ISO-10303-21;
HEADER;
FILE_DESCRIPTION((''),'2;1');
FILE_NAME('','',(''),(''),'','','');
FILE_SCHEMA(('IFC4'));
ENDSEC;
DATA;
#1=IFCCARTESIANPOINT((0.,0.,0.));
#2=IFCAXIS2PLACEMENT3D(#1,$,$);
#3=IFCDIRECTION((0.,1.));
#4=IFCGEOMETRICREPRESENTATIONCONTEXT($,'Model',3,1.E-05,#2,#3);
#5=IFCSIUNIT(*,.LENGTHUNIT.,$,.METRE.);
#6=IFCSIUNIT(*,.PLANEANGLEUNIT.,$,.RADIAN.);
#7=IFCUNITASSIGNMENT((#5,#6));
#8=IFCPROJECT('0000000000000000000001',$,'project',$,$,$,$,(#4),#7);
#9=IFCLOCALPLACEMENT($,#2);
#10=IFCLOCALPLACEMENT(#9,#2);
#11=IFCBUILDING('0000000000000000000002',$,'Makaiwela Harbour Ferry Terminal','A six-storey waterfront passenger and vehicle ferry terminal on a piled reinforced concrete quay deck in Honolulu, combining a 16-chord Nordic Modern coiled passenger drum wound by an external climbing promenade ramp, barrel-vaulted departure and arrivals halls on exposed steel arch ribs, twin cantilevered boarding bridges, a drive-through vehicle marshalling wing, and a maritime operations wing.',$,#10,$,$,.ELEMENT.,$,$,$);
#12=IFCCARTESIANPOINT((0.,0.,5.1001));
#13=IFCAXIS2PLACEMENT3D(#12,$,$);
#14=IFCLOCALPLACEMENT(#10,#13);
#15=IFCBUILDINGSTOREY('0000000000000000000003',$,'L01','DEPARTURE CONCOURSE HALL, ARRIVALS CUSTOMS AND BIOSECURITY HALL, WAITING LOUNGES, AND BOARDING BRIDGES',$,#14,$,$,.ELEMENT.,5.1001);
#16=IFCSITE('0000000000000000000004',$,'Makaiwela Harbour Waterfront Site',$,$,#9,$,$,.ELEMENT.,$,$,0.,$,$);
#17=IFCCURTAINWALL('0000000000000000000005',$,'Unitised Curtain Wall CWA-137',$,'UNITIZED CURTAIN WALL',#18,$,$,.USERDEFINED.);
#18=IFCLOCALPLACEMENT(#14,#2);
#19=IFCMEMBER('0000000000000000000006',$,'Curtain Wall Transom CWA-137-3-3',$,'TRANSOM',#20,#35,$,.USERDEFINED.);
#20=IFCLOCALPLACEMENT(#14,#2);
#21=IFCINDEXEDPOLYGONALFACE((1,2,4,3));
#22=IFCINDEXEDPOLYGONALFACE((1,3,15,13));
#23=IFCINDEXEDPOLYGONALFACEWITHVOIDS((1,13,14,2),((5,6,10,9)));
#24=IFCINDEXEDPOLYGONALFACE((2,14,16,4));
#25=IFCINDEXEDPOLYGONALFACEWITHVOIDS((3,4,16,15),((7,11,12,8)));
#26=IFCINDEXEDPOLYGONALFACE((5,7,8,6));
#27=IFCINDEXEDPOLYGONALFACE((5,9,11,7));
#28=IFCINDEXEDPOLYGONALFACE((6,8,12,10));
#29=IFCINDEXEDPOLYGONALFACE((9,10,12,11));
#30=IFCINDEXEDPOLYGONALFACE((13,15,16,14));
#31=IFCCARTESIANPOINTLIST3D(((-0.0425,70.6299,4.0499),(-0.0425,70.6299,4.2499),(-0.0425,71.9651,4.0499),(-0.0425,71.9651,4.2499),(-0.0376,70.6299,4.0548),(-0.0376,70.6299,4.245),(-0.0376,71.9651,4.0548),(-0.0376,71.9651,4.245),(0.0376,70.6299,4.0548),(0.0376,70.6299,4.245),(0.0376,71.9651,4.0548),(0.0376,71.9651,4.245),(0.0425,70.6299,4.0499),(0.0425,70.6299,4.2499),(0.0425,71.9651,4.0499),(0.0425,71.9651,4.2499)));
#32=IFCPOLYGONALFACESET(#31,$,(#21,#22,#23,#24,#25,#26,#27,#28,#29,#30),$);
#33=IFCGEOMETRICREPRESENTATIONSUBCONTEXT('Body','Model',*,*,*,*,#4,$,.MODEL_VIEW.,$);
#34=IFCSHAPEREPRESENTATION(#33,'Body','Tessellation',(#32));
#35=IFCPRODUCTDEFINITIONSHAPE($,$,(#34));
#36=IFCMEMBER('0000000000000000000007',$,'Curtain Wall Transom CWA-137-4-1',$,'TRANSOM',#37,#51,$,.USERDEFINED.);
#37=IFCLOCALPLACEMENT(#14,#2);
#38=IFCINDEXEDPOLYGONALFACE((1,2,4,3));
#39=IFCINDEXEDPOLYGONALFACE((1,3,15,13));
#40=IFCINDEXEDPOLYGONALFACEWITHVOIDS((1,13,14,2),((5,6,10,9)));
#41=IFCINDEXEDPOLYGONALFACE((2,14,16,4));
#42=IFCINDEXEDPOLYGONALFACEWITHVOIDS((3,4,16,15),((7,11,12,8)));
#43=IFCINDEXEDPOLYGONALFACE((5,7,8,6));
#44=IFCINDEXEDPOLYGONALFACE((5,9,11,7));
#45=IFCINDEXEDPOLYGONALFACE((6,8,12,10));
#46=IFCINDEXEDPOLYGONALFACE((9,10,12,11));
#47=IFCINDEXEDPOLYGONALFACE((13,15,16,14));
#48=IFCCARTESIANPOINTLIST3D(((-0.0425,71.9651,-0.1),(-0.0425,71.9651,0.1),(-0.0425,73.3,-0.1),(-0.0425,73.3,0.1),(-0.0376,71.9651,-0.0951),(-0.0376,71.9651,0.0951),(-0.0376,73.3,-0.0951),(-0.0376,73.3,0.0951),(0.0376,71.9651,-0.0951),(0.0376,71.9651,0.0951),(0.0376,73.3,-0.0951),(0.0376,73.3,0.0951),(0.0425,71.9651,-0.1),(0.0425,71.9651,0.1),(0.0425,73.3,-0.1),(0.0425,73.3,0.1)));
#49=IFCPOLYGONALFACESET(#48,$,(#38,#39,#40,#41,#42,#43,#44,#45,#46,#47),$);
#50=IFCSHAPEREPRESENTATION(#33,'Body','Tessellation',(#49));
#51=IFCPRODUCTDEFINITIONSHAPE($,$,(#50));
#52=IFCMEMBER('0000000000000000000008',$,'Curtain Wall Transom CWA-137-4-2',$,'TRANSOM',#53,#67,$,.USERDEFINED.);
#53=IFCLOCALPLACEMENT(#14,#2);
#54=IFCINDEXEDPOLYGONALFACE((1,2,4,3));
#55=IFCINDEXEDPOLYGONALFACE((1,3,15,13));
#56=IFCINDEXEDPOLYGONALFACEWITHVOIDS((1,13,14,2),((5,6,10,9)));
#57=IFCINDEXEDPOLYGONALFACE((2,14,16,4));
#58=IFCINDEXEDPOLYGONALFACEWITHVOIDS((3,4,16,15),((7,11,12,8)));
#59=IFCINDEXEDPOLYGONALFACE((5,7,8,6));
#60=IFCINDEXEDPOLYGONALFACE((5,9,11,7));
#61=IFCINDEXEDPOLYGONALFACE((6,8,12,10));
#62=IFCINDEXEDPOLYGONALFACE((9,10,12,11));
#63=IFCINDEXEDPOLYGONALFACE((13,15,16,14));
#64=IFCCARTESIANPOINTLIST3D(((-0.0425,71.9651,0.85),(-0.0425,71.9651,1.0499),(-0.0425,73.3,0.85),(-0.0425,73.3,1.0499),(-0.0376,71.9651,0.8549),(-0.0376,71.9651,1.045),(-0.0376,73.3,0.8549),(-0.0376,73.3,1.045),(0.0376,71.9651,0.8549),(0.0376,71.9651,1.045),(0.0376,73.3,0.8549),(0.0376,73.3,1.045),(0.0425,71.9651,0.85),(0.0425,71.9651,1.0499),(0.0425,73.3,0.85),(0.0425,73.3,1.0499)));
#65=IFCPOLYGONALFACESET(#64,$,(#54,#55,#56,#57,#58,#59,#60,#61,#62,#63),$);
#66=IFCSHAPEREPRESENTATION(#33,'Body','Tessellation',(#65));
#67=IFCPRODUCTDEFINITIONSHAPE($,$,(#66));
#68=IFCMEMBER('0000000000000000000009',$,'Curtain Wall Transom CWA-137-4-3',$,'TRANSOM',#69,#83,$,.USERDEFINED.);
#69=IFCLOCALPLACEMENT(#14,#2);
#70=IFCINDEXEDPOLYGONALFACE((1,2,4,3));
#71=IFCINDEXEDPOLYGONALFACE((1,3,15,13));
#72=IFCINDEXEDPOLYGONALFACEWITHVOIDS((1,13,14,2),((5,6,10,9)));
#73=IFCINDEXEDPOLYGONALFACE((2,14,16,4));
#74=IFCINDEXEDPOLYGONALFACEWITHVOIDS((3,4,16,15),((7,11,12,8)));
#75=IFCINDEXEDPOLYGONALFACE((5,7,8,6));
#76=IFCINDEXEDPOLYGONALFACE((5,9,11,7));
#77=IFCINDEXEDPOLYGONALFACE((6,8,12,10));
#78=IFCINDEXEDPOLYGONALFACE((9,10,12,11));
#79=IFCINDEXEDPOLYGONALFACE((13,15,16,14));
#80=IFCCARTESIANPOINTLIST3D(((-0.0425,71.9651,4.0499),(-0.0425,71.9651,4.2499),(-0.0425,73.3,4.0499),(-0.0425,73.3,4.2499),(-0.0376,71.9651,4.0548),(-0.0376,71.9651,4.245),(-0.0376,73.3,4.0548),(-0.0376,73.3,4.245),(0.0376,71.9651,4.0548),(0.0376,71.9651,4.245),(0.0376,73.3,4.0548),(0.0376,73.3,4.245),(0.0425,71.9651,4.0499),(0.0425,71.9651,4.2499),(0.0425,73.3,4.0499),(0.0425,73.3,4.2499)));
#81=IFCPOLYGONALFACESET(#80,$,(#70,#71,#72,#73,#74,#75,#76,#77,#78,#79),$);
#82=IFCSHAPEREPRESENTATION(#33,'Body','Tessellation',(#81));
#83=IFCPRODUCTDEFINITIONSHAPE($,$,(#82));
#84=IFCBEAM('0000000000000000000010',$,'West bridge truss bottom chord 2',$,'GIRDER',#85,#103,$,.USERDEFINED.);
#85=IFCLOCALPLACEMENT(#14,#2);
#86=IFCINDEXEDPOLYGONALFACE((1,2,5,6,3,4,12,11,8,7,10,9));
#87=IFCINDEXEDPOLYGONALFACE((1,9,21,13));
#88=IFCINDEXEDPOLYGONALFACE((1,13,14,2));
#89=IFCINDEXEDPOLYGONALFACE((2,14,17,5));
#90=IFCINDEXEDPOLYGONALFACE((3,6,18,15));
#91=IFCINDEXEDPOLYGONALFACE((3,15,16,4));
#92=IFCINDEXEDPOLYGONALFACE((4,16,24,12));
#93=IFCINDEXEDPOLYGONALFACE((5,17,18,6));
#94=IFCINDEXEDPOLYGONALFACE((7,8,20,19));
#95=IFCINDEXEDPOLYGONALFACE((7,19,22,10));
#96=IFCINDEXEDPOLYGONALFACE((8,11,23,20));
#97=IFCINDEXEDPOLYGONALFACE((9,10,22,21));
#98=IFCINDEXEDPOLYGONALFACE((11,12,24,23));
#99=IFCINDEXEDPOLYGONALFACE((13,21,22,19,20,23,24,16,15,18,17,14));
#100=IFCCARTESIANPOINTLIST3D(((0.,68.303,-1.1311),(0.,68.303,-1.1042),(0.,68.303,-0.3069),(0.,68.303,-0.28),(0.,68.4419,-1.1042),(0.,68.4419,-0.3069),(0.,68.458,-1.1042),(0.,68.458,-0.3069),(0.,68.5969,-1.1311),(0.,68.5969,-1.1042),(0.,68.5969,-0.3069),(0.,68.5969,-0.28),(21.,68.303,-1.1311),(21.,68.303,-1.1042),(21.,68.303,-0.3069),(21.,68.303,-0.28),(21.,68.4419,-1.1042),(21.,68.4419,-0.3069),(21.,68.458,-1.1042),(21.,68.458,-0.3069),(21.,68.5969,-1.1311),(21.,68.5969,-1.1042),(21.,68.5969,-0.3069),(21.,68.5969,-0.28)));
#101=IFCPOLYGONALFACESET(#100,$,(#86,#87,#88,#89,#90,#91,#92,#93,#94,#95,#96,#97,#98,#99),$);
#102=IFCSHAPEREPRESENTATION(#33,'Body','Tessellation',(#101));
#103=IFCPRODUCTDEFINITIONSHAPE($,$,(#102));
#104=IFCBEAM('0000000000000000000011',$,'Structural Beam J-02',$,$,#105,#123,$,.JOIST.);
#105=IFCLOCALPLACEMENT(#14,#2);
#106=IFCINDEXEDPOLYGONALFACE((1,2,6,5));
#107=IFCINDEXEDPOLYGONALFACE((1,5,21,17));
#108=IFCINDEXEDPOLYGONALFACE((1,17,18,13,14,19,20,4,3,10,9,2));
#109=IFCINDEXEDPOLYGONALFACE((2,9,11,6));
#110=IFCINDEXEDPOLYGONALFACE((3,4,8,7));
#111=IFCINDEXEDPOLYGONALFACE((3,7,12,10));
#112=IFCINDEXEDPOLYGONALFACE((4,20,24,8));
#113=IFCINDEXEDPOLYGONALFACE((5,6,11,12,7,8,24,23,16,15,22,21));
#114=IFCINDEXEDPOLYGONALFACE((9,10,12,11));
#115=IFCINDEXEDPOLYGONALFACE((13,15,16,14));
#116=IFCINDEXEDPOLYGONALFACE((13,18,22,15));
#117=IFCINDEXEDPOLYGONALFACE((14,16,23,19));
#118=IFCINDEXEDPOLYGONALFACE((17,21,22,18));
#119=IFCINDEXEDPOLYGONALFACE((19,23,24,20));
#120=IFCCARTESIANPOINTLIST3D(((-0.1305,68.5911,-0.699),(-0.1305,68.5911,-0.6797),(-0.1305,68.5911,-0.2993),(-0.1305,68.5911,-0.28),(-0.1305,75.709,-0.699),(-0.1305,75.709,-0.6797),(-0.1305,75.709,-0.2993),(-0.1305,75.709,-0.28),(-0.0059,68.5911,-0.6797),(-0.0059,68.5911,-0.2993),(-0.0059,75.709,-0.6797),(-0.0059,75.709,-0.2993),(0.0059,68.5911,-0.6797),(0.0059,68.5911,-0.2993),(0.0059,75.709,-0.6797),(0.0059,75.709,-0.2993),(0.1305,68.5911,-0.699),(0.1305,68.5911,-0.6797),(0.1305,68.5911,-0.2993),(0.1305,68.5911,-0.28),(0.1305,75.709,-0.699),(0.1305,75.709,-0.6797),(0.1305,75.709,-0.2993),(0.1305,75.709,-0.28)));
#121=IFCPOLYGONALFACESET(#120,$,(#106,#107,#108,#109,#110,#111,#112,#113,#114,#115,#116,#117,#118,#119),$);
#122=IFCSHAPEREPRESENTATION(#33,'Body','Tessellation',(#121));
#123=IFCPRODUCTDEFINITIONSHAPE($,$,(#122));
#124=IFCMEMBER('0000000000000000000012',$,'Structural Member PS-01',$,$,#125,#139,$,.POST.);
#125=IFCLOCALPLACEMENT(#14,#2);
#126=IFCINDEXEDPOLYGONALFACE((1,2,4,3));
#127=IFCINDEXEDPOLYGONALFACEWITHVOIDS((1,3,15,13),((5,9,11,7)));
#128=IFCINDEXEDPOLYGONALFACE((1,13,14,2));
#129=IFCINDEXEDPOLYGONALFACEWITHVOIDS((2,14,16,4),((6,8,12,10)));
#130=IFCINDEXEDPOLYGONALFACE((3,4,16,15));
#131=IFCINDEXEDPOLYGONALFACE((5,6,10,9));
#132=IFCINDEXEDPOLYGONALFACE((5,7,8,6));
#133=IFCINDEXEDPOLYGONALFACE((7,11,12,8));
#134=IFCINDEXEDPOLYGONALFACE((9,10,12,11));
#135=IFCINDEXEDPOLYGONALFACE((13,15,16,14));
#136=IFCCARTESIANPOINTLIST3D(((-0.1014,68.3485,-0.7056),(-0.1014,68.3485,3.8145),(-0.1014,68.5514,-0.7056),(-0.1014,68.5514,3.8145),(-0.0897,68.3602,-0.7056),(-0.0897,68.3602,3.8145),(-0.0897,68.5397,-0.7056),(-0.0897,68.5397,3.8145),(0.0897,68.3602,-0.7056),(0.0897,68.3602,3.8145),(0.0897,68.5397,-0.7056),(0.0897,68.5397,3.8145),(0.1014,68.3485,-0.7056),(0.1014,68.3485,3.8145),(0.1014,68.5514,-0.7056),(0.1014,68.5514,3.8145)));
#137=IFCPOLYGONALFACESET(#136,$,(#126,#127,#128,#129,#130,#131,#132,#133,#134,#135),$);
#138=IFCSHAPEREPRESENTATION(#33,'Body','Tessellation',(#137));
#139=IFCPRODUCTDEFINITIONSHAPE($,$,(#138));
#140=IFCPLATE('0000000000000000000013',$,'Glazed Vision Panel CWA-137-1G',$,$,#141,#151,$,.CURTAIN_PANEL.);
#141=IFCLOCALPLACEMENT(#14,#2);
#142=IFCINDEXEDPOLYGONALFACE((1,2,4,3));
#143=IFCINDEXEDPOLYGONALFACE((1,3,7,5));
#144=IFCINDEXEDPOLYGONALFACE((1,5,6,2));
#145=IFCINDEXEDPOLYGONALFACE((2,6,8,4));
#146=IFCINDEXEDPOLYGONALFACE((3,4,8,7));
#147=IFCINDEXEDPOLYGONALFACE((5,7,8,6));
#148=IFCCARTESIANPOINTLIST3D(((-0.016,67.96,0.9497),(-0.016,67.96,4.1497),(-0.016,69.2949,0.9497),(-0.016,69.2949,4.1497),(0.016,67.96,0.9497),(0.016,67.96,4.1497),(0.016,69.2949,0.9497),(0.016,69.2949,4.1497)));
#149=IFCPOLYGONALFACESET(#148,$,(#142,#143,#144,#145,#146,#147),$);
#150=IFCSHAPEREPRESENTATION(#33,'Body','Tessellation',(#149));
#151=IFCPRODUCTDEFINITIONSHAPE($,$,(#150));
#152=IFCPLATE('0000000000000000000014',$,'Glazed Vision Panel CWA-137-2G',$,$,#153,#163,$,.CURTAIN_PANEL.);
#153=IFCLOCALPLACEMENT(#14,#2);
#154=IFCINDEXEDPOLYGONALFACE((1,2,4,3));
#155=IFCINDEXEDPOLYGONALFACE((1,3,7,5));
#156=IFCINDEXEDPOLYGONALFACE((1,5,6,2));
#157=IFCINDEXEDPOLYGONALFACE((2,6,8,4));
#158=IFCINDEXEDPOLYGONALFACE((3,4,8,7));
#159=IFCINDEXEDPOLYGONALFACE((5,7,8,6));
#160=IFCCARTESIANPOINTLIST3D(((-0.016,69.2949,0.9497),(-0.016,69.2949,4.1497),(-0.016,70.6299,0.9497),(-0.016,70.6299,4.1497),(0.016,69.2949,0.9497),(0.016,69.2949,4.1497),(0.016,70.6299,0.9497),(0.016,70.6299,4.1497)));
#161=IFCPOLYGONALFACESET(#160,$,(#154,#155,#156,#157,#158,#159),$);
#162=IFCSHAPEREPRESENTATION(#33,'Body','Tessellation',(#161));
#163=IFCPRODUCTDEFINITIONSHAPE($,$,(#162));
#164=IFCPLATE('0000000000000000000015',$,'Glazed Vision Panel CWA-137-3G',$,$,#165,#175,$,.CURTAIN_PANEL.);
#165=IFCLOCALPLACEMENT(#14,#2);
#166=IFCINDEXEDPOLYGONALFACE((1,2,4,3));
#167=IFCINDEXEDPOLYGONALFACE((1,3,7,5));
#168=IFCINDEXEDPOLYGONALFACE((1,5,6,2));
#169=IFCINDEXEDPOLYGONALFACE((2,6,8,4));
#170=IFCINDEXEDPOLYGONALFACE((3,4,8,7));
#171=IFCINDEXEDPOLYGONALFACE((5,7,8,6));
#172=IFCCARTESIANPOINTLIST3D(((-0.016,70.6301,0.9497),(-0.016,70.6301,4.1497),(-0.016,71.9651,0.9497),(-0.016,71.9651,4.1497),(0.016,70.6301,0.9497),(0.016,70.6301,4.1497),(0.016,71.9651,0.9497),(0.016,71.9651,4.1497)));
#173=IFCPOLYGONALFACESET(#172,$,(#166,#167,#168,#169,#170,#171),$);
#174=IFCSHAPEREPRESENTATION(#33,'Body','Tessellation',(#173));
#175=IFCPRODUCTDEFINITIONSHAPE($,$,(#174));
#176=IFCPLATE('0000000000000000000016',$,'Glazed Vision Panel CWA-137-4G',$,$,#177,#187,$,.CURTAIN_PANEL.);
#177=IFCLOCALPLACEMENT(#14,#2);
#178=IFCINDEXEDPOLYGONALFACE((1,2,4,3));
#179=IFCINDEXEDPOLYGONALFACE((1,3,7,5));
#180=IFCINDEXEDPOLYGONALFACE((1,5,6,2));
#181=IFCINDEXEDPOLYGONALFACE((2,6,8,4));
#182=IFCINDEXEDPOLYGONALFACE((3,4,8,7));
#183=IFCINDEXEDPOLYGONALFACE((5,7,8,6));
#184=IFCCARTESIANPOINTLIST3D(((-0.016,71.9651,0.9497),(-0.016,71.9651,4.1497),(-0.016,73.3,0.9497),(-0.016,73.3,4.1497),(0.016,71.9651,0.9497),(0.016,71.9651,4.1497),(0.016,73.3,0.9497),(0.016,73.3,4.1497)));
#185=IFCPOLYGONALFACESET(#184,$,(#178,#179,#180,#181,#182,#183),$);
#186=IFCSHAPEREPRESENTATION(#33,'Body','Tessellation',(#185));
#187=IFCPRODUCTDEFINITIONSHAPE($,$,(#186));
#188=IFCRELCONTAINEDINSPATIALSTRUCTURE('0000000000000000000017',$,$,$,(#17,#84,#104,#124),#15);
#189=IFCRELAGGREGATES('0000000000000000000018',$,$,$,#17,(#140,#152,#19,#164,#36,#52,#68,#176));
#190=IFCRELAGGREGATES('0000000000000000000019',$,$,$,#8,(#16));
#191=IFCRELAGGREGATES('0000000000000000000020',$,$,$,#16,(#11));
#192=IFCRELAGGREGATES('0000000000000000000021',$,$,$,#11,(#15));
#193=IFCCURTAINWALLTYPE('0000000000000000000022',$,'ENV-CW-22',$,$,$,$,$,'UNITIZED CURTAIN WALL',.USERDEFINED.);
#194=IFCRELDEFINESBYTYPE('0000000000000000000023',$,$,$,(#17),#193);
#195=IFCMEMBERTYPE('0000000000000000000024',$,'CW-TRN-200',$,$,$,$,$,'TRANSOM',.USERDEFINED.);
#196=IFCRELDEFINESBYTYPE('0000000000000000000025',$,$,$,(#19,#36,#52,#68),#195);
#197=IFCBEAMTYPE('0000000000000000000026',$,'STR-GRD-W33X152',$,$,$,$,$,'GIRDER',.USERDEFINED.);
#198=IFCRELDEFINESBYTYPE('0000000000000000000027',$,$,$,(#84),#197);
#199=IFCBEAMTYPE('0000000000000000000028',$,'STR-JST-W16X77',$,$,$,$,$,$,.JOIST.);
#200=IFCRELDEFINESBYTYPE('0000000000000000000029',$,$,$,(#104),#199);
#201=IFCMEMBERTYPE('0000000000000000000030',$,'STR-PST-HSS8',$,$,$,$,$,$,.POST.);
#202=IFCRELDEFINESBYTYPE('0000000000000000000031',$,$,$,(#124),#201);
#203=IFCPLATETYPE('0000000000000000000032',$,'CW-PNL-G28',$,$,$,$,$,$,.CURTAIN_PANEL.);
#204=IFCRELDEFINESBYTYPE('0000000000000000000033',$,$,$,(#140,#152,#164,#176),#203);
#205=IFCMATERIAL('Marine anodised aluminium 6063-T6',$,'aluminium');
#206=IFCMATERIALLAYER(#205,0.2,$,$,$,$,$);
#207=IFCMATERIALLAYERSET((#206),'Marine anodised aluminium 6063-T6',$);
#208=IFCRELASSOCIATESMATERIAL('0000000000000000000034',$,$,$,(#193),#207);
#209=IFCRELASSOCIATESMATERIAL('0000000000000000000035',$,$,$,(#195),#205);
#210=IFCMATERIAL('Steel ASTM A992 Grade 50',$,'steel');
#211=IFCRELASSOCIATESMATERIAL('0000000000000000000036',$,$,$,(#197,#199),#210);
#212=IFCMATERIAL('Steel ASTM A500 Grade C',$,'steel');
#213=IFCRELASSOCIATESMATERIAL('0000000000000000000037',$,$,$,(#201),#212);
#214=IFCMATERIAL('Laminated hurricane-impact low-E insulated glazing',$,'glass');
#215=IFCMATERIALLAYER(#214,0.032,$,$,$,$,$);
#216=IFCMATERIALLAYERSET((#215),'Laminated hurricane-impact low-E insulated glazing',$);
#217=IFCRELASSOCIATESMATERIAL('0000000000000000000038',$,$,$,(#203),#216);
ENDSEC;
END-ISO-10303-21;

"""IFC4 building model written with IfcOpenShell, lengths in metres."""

from ifc_helpers import new_model, si_unit, direction, frame, origin, origin_2d, place, context, subcontext, project, spatial, rectangle, hollow_rectangle, i_section, extrude, material, layer, layer_set, material_profile, profile_set, type_object, element, aggregate, save


model = new_model("IFC4")

# Units and contexts
model_context = context("Model", 3, precision=1e-05, world=origin(), true_north=direction((0.0, 1.0)))
body_context = subcontext(model_context, "Body", "Model", "MODEL_VIEW")
ifc_project = project(units=[si_unit("LENGTHUNIT", "METRE"), si_unit("PLANEANGLEUNIT", "RADIAN")], contexts=[model_context])

# Site, building, storey
site_placement = place(None, origin())
site = spatial("IfcSite", under=ifc_project, at=site_placement, Name="Makaiwela Harbour Waterfront Site", CompositionType="ELEMENT", RefElevation=0.0)
building_placement = place(site_placement, origin())
building = spatial("IfcBuilding", under=site, at=building_placement, Name="Makaiwela Harbour Ferry Terminal", Description="A six-storey waterfront passenger and vehicle ferry terminal on a piled reinforced concrete quay deck in Honolulu, combining a 16-chord Nordic Modern coiled passenger drum wound by an external climbing promenade ramp, barrel-vaulted departure and arrivals halls on exposed steel arch ribs, twin cantilevered boarding bridges, a drive-through vehicle marshalling wing, and a maritime operations wing.", CompositionType="ELEMENT")
storey_placement = place(building_placement, frame((0.0, 0.0, 5.1001)))
storey = spatial("IfcBuildingStorey", under=building, at=storey_placement, Name="L01", Description="DEPARTURE CONCOURSE HALL, ARRIVALS CUSTOMS AND BIOSECURITY HALL, WAITING LOUNGES, AND BOARDING BRIDGES", CompositionType="ELEMENT", Elevation=5.1001)

# Curtain wall, members
ifc_material_1 = material(Name="Marine anodised aluminium 6063-T6", Category="aluminium")
ifc_layer_1 = layer(ifc_material_1, 0.2)
ifc_layer_set_1 = layer_set([ifc_layer_1], Name="Marine anodised aluminium 6063-T6")
curtain_wall_type = type_object("IfcCurtainWallType", Name="ENV-CW-22", ElementType="UNITIZED CURTAIN WALL", PredefinedType="USERDEFINED", material=ifc_layer_set_1)
curtain_wall_placement = place(storey_placement, origin())
curtain_wall = element("IfcCurtainWall", 1, at=curtain_wall_placement, inside=storey, type_object=curtain_wall_type, Name="Unitised Curtain Wall CWA-137", ObjectType="UNITIZED CURTAIN WALL", PredefinedType="USERDEFINED")
ifc_material_profile_1 = material_profile(ifc_material_1, hollow_rectangle(XDim=0.085, YDim=0.2, WallThickness=0.0049, at=origin_2d()), Name="CWT-200X85")
ifc_profile_set_1 = profile_set([ifc_material_profile_1], Name="Marine anodised aluminium 6063-T6")
member_type_1 = type_object("IfcMemberType", Name="CW-TRN-200", ElementType="TRANSOM", PredefinedType="USERDEFINED", material=ifc_profile_set_1)
member_1_placement = place(storey_placement, frame((0.0, 70.6299, 4.1499), z_axis=(0.0, 1.0, 0.0), x_axis=(-1.0, 0.0, 0.0)))
member_1 = element("IfcMember", 2, at=member_1_placement, type_object=member_type_1, Name="Curtain Wall Transom CWA-137-3-3", ObjectType="TRANSOM", PredefinedType="USERDEFINED", context=body_context, shape_type="SweptSolid", body=[
    extrude(hollow_rectangle(XDim=0.085, YDim=0.2, WallThickness=0.0049, at=origin_2d()), origin(), (0.0, 0.0, 1.0), 1.3352),
])
member_2_placement = place(storey_placement, frame((0.0, 71.9651, 0.0), z_axis=(0.0, 1.0, 0.0), x_axis=(-1.0, 0.0, 0.0)))
member_2 = element("IfcMember", 3, at=member_2_placement, type_object=member_type_1, Name="Curtain Wall Transom CWA-137-4-1", ObjectType="TRANSOM", PredefinedType="USERDEFINED", context=body_context, shape_type="SweptSolid", body=[
    extrude(hollow_rectangle(XDim=0.085, YDim=0.2, WallThickness=0.0049, at=origin_2d()), origin(), (0.0, 0.0, 1.0), 1.335),
])
member_3_placement = place(storey_placement, frame((0.0, 71.9651, 0.95), z_axis=(0.0, 1.0, 0.0), x_axis=(-1.0, 0.0, 0.0)))
member_3 = element("IfcMember", 4, at=member_3_placement, type_object=member_type_1, Name="Curtain Wall Transom CWA-137-4-2", ObjectType="TRANSOM", PredefinedType="USERDEFINED", context=body_context, shape_type="SweptSolid", body=[
    extrude(hollow_rectangle(XDim=0.085, YDim=0.2, WallThickness=0.0049, at=origin_2d()), origin(), (0.0, 0.0, 1.0), 1.335),
])
member_4_placement = place(storey_placement, frame((0.0, 71.9651, 4.1499), z_axis=(0.0, 1.0, 0.0), x_axis=(-1.0, 0.0, 0.0)))
member_4 = element("IfcMember", 5, at=member_4_placement, type_object=member_type_1, Name="Curtain Wall Transom CWA-137-4-3", ObjectType="TRANSOM", PredefinedType="USERDEFINED", context=body_context, shape_type="SweptSolid", body=[
    extrude(hollow_rectangle(XDim=0.085, YDim=0.2, WallThickness=0.0049, at=origin_2d()), origin(), (0.0, 0.0, 1.0), 1.335),
])

# Beams
ifc_material_2 = material(Name="Steel ASTM A992 Grade 50", Category="steel")
ifc_material_profile_2 = material_profile(ifc_material_2, i_section(OverallWidth=0.2939, OverallDepth=0.8511, WebThickness=0.0161, FlangeThickness=0.0269, at=origin_2d()), Name="W33X152")
ifc_profile_set_2 = profile_set([ifc_material_profile_2], Name="Steel ASTM A992 Grade 50")
beam_type_1 = type_object("IfcBeamType", Name="STR-GRD-W33X152", ElementType="GIRDER", PredefinedType="USERDEFINED", material=ifc_profile_set_2)
beam_1_placement = place(storey_placement, frame((0.0, 68.45, -0.7056), z_axis=(1.0, 0.0, 0.0), x_axis=(0.0, 1.0, 0.0)))
element("IfcBeam", 6, at=beam_1_placement, inside=storey, type_object=beam_type_1, Name="West bridge truss bottom chord 2", ObjectType="GIRDER", PredefinedType="USERDEFINED", context=body_context, shape_type="SweptSolid", body=[
    extrude(i_section(OverallWidth=0.2939, OverallDepth=0.8511, WebThickness=0.0161, FlangeThickness=0.0269, at=origin_2d()), origin(), (0.0, 0.0, 1.0), 21.0),
])
ifc_material_profile_3 = material_profile(ifc_material_2, i_section(OverallWidth=0.261, OverallDepth=0.4189, WebThickness=0.0117, FlangeThickness=0.0193, at=origin_2d()), Name="W16X77")
ifc_profile_set_3 = profile_set([ifc_material_profile_3], Name="Steel ASTM A992 Grade 50")
beam_type_2 = type_object("IfcBeamType", Name="STR-JST-W16X77", PredefinedType="JOIST", material=ifc_profile_set_3)
beam_2_placement = place(storey_placement, frame((0.0, 68.5911, -0.4895), z_axis=(0.0, 1.0, 0.0), x_axis=(-1.0, 0.0, 0.0)))
element("IfcBeam", 7, at=beam_2_placement, inside=storey, type_object=beam_type_2, Name="Structural Beam J-02", PredefinedType="JOIST", context=body_context, shape_type="SweptSolid", body=[
    extrude(i_section(OverallWidth=0.261, OverallDepth=0.4189, WebThickness=0.0117, FlangeThickness=0.0193, at=origin_2d()), origin(), (0.0, 0.0, 1.0), 7.1179),
])

# Member
ifc_material_3 = material(Name="Steel ASTM A500 Grade C", Category="steel")
ifc_material_profile_4 = material_profile(ifc_material_3, hollow_rectangle(XDim=0.2029, YDim=0.2029, WallThickness=0.0117, at=origin_2d()), Name="HSS8X8X1/2")
ifc_profile_set_4 = profile_set([ifc_material_profile_4], Name="Steel ASTM A500 Grade C")
member_type_2 = type_object("IfcMemberType", Name="STR-PST-HSS8", PredefinedType="POST", material=ifc_profile_set_4)
member_5_placement = place(storey_placement, frame((0.0, 68.45, -0.7056), z_axis=(0.0, 0.0, 1.0), x_axis=(1.0, 0.0, 0.0)))
element("IfcMember", 8, at=member_5_placement, inside=storey, type_object=member_type_2, Name="Structural Member PS-01", PredefinedType="POST", context=body_context, shape_type="SweptSolid", body=[
    extrude(hollow_rectangle(XDim=0.2029, YDim=0.2029, WallThickness=0.0117, at=origin_2d()), origin(), (0.0, 0.0, 1.0), 4.52),
])

# Plates
ifc_material_4 = material(Name="Laminated hurricane-impact low-E insulated glazing", Category="glass")
ifc_layer_2 = layer(ifc_material_4, 0.032)
ifc_layer_set_2 = layer_set([ifc_layer_2], Name="Laminated hurricane-impact low-E insulated glazing")
plate_type_1 = type_object("IfcPlateType", Name="CW-PNL-G28", PredefinedType="CURTAIN_PANEL", material=ifc_layer_set_2)
plate_1_placement = place(storey_placement, frame((0.0, 68.6274, 0.9497), z_axis=(0.0, 0.0, 1.0), x_axis=(0.0, 1.0, 0.0)))
plate_1 = element("IfcPlate", 9, at=plate_1_placement, type_object=plate_type_1, Name="Glazed Vision Panel CWA-137-1G", PredefinedType="CURTAIN_PANEL", context=body_context, shape_type="SweptSolid", body=[
    extrude(rectangle(XDim=1.335, YDim=0.032, at=origin_2d()), origin(), (0.0, 0.0, 1.0), 3.2),
])
plate_2_placement = place(storey_placement, frame((0.0, 69.9624, 0.9497), z_axis=(0.0, 0.0, 1.0), x_axis=(0.0, 1.0, 0.0)))
plate_2 = element("IfcPlate", 10, at=plate_2_placement, type_object=plate_type_1, Name="Glazed Vision Panel CWA-137-2G", PredefinedType="CURTAIN_PANEL", context=body_context, shape_type="SweptSolid", body=[
    extrude(rectangle(XDim=1.335, YDim=0.032, at=origin_2d()), origin(), (0.0, 0.0, 1.0), 3.2),
])
plate_3_placement = place(storey_placement, frame((0.0, 71.2976, 0.9497), z_axis=(0.0, 0.0, 1.0), x_axis=(0.0, 1.0, 0.0)))
plate_3 = element("IfcPlate", 11, at=plate_3_placement, type_object=plate_type_1, Name="Glazed Vision Panel CWA-137-3G", PredefinedType="CURTAIN_PANEL", context=body_context, shape_type="SweptSolid", body=[
    extrude(rectangle(XDim=1.335, YDim=0.032, at=origin_2d()), origin(), (0.0, 0.0, 1.0), 3.2),
])
plate_4_placement = place(storey_placement, frame((0.0, 72.6326, 0.9497), z_axis=(0.0, 0.0, 1.0), x_axis=(0.0, 1.0, 0.0)))
plate_4 = element("IfcPlate", 12, at=plate_4_placement, type_object=plate_type_1, Name="Glazed Vision Panel CWA-137-4G", PredefinedType="CURTAIN_PANEL", context=body_context, shape_type="SweptSolid", body=[
    extrude(rectangle(XDim=1.335, YDim=0.032, at=origin_2d()), origin(), (0.0, 0.0, 1.0), 3.2),
])
aggregate(curtain_wall, [plate_1, plate_2, member_1, plate_3, member_2, member_3, member_4, plate_4])

save(model, "model.ifc")
